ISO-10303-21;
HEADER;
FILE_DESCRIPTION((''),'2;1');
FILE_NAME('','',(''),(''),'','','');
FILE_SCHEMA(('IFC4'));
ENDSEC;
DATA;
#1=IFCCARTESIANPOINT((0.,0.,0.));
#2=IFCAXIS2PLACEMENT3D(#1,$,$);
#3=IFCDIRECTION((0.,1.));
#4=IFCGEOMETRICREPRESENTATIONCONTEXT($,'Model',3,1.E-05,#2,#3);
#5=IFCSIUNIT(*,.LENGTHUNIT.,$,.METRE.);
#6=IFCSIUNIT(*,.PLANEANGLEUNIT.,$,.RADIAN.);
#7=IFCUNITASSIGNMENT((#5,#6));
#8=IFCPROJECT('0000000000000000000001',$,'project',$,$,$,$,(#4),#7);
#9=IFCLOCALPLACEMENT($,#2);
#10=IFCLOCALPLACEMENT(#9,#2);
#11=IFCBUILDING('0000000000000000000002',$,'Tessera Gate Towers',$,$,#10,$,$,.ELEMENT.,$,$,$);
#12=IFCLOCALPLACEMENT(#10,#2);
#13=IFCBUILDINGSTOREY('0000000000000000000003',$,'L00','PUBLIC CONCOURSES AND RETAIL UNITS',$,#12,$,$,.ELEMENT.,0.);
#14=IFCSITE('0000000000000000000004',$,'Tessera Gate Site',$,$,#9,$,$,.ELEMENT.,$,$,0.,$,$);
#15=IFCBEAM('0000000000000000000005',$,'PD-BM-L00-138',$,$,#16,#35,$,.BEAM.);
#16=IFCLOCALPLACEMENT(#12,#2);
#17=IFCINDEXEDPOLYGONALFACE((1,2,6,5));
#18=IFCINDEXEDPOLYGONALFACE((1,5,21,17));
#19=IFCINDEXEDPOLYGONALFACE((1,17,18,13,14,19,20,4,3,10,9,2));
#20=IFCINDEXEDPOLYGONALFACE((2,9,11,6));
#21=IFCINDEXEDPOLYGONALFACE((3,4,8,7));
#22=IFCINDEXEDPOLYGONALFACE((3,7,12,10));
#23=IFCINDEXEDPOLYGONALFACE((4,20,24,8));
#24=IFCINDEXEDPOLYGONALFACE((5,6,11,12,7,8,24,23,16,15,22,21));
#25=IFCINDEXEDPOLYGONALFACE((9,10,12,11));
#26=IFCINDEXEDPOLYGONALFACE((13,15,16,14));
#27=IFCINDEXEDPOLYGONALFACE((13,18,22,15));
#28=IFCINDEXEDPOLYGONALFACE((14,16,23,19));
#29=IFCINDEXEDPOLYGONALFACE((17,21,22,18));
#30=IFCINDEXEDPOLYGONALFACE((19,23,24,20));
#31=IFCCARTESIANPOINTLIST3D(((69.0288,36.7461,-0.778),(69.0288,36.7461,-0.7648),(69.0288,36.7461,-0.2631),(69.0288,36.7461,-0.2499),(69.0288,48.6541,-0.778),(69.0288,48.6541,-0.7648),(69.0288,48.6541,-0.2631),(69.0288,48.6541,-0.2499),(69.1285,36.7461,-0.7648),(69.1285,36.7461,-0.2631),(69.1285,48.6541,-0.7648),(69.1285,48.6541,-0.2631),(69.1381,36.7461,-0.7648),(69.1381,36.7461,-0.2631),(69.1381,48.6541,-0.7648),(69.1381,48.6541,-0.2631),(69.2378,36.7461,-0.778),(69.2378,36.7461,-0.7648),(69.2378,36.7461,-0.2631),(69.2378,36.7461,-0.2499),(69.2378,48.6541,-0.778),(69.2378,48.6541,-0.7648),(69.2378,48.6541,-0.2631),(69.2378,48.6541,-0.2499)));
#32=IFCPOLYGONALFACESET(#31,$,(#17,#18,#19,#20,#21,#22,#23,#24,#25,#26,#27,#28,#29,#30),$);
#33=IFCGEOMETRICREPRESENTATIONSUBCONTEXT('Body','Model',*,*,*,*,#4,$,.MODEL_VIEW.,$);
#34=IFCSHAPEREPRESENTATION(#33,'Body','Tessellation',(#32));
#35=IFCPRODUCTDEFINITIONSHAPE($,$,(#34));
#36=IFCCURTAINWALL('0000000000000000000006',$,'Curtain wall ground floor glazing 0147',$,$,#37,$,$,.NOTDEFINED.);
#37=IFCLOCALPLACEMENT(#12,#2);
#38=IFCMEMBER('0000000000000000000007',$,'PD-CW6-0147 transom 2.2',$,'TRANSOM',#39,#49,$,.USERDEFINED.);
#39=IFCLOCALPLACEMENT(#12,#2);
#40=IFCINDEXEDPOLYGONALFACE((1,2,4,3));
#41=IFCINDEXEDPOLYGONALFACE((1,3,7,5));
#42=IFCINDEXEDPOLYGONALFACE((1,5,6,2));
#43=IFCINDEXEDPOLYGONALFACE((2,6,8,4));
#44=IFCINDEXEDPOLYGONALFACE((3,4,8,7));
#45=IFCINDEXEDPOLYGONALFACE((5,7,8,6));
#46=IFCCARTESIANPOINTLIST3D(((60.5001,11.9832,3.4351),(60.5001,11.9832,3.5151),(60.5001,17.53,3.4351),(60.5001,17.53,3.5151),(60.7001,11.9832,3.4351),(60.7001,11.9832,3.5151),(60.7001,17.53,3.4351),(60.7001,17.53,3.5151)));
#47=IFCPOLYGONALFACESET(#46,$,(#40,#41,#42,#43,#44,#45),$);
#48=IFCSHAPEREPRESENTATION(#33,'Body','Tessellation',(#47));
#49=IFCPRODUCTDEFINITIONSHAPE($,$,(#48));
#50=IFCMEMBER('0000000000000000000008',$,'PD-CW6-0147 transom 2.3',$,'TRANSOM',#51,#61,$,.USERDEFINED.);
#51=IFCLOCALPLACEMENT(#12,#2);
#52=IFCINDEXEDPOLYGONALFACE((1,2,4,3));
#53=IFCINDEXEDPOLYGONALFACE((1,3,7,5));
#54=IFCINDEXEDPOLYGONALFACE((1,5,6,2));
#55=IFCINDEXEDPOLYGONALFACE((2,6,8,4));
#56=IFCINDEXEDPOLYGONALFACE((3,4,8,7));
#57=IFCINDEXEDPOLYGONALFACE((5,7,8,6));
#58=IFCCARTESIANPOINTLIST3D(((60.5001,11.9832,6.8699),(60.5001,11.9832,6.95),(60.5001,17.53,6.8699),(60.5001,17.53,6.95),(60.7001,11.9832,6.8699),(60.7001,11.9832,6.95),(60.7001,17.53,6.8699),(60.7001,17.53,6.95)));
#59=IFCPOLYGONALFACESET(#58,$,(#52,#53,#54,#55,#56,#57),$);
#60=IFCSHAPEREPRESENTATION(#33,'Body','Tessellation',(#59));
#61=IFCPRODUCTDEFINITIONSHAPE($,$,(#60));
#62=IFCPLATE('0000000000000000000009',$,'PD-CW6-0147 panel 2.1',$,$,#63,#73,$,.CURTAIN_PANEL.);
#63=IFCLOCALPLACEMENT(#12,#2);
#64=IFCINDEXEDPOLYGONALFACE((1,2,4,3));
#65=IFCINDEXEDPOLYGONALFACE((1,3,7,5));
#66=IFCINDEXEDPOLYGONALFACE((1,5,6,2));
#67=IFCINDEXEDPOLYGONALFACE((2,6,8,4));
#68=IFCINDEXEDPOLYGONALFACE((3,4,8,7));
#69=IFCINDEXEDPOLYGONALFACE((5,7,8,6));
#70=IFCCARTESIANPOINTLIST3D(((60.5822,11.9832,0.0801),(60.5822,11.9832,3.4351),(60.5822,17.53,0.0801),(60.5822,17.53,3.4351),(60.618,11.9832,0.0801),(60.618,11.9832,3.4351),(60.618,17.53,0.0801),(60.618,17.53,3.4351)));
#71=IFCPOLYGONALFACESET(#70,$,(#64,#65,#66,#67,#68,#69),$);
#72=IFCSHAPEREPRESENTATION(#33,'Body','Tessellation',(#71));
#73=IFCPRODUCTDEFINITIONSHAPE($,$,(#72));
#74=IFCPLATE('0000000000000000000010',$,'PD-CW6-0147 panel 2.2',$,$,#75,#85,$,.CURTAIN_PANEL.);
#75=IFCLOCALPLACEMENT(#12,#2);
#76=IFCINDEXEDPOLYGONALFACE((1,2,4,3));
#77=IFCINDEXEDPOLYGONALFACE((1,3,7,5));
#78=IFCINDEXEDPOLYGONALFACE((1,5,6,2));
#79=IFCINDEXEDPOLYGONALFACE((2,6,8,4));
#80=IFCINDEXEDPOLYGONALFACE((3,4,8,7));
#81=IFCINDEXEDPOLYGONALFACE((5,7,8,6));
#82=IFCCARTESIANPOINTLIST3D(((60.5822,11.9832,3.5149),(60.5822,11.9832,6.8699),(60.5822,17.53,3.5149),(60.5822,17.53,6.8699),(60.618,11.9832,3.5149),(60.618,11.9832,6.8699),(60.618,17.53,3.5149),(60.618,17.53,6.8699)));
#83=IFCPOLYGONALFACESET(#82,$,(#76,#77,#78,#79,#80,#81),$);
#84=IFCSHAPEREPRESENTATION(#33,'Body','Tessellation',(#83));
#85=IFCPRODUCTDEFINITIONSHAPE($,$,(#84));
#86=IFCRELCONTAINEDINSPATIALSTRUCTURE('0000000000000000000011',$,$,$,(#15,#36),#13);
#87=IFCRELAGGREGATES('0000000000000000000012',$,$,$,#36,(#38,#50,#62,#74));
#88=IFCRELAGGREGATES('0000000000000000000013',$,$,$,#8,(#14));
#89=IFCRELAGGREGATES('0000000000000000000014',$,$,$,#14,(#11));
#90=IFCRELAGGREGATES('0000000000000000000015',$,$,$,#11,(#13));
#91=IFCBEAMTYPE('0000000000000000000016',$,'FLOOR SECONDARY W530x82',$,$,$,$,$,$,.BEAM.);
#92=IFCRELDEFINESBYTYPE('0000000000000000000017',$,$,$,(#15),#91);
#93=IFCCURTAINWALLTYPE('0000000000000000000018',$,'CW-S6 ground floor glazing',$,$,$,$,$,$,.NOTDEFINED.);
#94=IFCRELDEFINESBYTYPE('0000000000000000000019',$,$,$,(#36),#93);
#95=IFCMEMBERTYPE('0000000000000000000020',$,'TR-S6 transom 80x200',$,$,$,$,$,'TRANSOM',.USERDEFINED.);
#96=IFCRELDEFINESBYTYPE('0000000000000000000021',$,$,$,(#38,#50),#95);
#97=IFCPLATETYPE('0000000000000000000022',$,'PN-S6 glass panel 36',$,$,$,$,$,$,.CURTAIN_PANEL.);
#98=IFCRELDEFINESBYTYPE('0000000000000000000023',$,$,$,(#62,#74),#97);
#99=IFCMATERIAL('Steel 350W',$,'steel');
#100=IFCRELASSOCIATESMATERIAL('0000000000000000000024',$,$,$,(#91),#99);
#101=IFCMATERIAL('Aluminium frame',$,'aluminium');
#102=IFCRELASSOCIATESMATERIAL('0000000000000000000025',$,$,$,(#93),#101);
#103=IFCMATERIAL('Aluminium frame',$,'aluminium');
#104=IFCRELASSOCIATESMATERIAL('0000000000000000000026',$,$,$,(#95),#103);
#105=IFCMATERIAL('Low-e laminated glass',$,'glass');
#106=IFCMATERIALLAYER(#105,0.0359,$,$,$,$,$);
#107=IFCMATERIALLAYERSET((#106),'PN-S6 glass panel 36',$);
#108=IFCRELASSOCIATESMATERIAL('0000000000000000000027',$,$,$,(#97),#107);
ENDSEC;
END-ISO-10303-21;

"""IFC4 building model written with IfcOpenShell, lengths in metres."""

from ifc_helpers import new_model, si_unit, direction, frame, origin, origin_2d, place, context, subcontext, project, spatial, rectangle, i_section, extrude, material, layer, layer_set, material_profile, profile_set, type_object, element, aggregate, save


model = new_model("IFC4")

# Units and contexts
model_context = context("Model", 3, precision=1e-05, world=origin(), true_north=direction((0.0, 1.0)))
body_context = subcontext(model_context, "Body", "Model", "MODEL_VIEW")
ifc_project = project(units=[si_unit("LENGTHUNIT", "METRE"), si_unit("PLANEANGLEUNIT", "RADIAN")], contexts=[model_context])

# Site, building, storey
site_placement = place(None, origin())
site = spatial("IfcSite", under=ifc_project, at=site_placement, Name="Tessera Gate Site", CompositionType="ELEMENT", RefElevation=0.0)
building_placement = place(site_placement, origin())
building = spatial("IfcBuilding", under=site, at=building_placement, Name="Tessera Gate Towers", CompositionType="ELEMENT")
storey_placement = place(building_placement, origin())
storey = spatial("IfcBuildingStorey", under=building, at=storey_placement, Name="L00", Description="PUBLIC CONCOURSES AND RETAIL UNITS", CompositionType="ELEMENT", Elevation=0.0)

# Beam
ifc_material_1 = material(Name="Steel 350W", Category="steel")
ifc_material_profile_1 = material_profile(ifc_material_1, i_section(OverallWidth=0.209, OverallDepth=0.5281, WebThickness=0.0095, FlangeThickness=0.0132, at=origin_2d()), Name="W530x82")
ifc_profile_set_1 = profile_set([ifc_material_profile_1], Name="Steel 350W")
beam_type_1 = type_object("IfcBeamType", Name="FLOOR SECONDARY W530x82", PredefinedType="BEAM", material=ifc_profile_set_1)
beam_1_placement = place(storey_placement, frame((69.1333, 36.7461, -0.5139), z_axis=(0.0, 1.0, 0.0), x_axis=(-1.0, 0.0, 0.0)))
element("IfcBeam", 1, at=beam_1_placement, inside=storey, type_object=beam_type_1, Name="PD-BM-L00-138", PredefinedType="BEAM", context=body_context, shape_type="SweptSolid", body=[
    extrude(i_section(OverallWidth=0.209, OverallDepth=0.5281, WebThickness=0.0095, FlangeThickness=0.0132, at=origin_2d()), origin(), (0.0, 0.0, 1.0), 11.908),
])

# Curtain wall, members, plates
ifc_material_2 = material(Name="Aluminium frame", Category="aluminium")
curtain_wall_type = type_object("IfcCurtainWallType", Name="CW-S6 ground floor glazing", PredefinedType="NOTDEFINED", material=ifc_material_2)
curtain_wall_placement = place(storey_placement, origin())
curtain_wall = element("IfcCurtainWall", 2, at=curtain_wall_placement, inside=storey, type_object=curtain_wall_type, Name="Curtain wall ground floor glazing 0147", PredefinedType="NOTDEFINED")
ifc_material_3 = material(Name="Aluminium frame", Category="aluminium")
ifc_material_profile_2 = material_profile(ifc_material_3, rectangle(XDim=0.2, YDim=0.0801, at=origin_2d()), Name="AL 80x200")
ifc_profile_set_2 = profile_set([ifc_material_profile_2], Name="Aluminium frame")
member_type = type_object("IfcMemberType", Name="TR-S6 transom 80x200", ElementType="TRANSOM", PredefinedType="USERDEFINED", material=ifc_profile_set_2)
member_1_placement = place(storey_placement, frame((60.6001, 11.9832, 3.4751), z_axis=(0.0, 1.0, 0.0), x_axis=(-1.0, 0.0, 0.0)))
member_1 = element("IfcMember", 3, at=member_1_placement, type_object=member_type, Name="PD-CW6-0147 transom 2.2", ObjectType="TRANSOM", PredefinedType="USERDEFINED", context=body_context, shape_type="SweptSolid", body=[
    extrude(rectangle(XDim=0.2, YDim=0.0801, at=origin_2d()), origin(), (0.0, 0.0, 1.0), 5.5469),
])
member_2_placement = place(storey_placement, frame((60.6001, 11.9832, 6.9099), z_axis=(0.0, 1.0, 0.0), x_axis=(-1.0, 0.0, 0.0)))
member_2 = element("IfcMember", 4, at=member_2_placement, type_object=member_type, Name="PD-CW6-0147 transom 2.3", ObjectType="TRANSOM", PredefinedType="USERDEFINED", context=body_context, shape_type="SweptSolid", body=[
    extrude(rectangle(XDim=0.2, YDim=0.0801, at=origin_2d()), origin(), (0.0, 0.0, 1.0), 5.5469),
])
ifc_material_4 = material(Name="Low-e laminated glass", Category="glass")
ifc_layer = layer(ifc_material_4, 0.0359)
ifc_layer_set = layer_set([ifc_layer], Name="PN-S6 glass panel 36")
plate_type = type_object("IfcPlateType", Name="PN-S6 glass panel 36", PredefinedType="CURTAIN_PANEL", material=ifc_layer_set)
plate_1_placement = place(storey_placement, frame((60.6001, 14.7566, 0.0801), z_axis=(0.0, 0.0, 1.0), x_axis=(0.0, 1.0, 0.0)))
plate_1 = element("IfcPlate", 5, at=plate_1_placement, type_object=plate_type, Name="PD-CW6-0147 panel 2.1", PredefinedType="CURTAIN_PANEL", context=body_context, shape_type="SweptSolid", body=[
    extrude(rectangle(XDim=5.5469, YDim=0.0359, at=origin_2d()), origin(), (0.0, 0.0, 1.0), 3.355),
])
plate_2_placement = place(storey_placement, frame((60.6001, 14.7566, 3.5149), z_axis=(0.0, 0.0, 1.0), x_axis=(0.0, 1.0, 0.0)))
plate_2 = element("IfcPlate", 6, at=plate_2_placement, type_object=plate_type, Name="PD-CW6-0147 panel 2.2", PredefinedType="CURTAIN_PANEL", context=body_context, shape_type="SweptSolid", body=[
    extrude(rectangle(XDim=5.5469, YDim=0.0359, at=origin_2d()), origin(), (0.0, 0.0, 1.0), 3.355),
])
aggregate(curtain_wall, [member_1, member_2, plate_1, plate_2])

save(model, "model.ifc")
